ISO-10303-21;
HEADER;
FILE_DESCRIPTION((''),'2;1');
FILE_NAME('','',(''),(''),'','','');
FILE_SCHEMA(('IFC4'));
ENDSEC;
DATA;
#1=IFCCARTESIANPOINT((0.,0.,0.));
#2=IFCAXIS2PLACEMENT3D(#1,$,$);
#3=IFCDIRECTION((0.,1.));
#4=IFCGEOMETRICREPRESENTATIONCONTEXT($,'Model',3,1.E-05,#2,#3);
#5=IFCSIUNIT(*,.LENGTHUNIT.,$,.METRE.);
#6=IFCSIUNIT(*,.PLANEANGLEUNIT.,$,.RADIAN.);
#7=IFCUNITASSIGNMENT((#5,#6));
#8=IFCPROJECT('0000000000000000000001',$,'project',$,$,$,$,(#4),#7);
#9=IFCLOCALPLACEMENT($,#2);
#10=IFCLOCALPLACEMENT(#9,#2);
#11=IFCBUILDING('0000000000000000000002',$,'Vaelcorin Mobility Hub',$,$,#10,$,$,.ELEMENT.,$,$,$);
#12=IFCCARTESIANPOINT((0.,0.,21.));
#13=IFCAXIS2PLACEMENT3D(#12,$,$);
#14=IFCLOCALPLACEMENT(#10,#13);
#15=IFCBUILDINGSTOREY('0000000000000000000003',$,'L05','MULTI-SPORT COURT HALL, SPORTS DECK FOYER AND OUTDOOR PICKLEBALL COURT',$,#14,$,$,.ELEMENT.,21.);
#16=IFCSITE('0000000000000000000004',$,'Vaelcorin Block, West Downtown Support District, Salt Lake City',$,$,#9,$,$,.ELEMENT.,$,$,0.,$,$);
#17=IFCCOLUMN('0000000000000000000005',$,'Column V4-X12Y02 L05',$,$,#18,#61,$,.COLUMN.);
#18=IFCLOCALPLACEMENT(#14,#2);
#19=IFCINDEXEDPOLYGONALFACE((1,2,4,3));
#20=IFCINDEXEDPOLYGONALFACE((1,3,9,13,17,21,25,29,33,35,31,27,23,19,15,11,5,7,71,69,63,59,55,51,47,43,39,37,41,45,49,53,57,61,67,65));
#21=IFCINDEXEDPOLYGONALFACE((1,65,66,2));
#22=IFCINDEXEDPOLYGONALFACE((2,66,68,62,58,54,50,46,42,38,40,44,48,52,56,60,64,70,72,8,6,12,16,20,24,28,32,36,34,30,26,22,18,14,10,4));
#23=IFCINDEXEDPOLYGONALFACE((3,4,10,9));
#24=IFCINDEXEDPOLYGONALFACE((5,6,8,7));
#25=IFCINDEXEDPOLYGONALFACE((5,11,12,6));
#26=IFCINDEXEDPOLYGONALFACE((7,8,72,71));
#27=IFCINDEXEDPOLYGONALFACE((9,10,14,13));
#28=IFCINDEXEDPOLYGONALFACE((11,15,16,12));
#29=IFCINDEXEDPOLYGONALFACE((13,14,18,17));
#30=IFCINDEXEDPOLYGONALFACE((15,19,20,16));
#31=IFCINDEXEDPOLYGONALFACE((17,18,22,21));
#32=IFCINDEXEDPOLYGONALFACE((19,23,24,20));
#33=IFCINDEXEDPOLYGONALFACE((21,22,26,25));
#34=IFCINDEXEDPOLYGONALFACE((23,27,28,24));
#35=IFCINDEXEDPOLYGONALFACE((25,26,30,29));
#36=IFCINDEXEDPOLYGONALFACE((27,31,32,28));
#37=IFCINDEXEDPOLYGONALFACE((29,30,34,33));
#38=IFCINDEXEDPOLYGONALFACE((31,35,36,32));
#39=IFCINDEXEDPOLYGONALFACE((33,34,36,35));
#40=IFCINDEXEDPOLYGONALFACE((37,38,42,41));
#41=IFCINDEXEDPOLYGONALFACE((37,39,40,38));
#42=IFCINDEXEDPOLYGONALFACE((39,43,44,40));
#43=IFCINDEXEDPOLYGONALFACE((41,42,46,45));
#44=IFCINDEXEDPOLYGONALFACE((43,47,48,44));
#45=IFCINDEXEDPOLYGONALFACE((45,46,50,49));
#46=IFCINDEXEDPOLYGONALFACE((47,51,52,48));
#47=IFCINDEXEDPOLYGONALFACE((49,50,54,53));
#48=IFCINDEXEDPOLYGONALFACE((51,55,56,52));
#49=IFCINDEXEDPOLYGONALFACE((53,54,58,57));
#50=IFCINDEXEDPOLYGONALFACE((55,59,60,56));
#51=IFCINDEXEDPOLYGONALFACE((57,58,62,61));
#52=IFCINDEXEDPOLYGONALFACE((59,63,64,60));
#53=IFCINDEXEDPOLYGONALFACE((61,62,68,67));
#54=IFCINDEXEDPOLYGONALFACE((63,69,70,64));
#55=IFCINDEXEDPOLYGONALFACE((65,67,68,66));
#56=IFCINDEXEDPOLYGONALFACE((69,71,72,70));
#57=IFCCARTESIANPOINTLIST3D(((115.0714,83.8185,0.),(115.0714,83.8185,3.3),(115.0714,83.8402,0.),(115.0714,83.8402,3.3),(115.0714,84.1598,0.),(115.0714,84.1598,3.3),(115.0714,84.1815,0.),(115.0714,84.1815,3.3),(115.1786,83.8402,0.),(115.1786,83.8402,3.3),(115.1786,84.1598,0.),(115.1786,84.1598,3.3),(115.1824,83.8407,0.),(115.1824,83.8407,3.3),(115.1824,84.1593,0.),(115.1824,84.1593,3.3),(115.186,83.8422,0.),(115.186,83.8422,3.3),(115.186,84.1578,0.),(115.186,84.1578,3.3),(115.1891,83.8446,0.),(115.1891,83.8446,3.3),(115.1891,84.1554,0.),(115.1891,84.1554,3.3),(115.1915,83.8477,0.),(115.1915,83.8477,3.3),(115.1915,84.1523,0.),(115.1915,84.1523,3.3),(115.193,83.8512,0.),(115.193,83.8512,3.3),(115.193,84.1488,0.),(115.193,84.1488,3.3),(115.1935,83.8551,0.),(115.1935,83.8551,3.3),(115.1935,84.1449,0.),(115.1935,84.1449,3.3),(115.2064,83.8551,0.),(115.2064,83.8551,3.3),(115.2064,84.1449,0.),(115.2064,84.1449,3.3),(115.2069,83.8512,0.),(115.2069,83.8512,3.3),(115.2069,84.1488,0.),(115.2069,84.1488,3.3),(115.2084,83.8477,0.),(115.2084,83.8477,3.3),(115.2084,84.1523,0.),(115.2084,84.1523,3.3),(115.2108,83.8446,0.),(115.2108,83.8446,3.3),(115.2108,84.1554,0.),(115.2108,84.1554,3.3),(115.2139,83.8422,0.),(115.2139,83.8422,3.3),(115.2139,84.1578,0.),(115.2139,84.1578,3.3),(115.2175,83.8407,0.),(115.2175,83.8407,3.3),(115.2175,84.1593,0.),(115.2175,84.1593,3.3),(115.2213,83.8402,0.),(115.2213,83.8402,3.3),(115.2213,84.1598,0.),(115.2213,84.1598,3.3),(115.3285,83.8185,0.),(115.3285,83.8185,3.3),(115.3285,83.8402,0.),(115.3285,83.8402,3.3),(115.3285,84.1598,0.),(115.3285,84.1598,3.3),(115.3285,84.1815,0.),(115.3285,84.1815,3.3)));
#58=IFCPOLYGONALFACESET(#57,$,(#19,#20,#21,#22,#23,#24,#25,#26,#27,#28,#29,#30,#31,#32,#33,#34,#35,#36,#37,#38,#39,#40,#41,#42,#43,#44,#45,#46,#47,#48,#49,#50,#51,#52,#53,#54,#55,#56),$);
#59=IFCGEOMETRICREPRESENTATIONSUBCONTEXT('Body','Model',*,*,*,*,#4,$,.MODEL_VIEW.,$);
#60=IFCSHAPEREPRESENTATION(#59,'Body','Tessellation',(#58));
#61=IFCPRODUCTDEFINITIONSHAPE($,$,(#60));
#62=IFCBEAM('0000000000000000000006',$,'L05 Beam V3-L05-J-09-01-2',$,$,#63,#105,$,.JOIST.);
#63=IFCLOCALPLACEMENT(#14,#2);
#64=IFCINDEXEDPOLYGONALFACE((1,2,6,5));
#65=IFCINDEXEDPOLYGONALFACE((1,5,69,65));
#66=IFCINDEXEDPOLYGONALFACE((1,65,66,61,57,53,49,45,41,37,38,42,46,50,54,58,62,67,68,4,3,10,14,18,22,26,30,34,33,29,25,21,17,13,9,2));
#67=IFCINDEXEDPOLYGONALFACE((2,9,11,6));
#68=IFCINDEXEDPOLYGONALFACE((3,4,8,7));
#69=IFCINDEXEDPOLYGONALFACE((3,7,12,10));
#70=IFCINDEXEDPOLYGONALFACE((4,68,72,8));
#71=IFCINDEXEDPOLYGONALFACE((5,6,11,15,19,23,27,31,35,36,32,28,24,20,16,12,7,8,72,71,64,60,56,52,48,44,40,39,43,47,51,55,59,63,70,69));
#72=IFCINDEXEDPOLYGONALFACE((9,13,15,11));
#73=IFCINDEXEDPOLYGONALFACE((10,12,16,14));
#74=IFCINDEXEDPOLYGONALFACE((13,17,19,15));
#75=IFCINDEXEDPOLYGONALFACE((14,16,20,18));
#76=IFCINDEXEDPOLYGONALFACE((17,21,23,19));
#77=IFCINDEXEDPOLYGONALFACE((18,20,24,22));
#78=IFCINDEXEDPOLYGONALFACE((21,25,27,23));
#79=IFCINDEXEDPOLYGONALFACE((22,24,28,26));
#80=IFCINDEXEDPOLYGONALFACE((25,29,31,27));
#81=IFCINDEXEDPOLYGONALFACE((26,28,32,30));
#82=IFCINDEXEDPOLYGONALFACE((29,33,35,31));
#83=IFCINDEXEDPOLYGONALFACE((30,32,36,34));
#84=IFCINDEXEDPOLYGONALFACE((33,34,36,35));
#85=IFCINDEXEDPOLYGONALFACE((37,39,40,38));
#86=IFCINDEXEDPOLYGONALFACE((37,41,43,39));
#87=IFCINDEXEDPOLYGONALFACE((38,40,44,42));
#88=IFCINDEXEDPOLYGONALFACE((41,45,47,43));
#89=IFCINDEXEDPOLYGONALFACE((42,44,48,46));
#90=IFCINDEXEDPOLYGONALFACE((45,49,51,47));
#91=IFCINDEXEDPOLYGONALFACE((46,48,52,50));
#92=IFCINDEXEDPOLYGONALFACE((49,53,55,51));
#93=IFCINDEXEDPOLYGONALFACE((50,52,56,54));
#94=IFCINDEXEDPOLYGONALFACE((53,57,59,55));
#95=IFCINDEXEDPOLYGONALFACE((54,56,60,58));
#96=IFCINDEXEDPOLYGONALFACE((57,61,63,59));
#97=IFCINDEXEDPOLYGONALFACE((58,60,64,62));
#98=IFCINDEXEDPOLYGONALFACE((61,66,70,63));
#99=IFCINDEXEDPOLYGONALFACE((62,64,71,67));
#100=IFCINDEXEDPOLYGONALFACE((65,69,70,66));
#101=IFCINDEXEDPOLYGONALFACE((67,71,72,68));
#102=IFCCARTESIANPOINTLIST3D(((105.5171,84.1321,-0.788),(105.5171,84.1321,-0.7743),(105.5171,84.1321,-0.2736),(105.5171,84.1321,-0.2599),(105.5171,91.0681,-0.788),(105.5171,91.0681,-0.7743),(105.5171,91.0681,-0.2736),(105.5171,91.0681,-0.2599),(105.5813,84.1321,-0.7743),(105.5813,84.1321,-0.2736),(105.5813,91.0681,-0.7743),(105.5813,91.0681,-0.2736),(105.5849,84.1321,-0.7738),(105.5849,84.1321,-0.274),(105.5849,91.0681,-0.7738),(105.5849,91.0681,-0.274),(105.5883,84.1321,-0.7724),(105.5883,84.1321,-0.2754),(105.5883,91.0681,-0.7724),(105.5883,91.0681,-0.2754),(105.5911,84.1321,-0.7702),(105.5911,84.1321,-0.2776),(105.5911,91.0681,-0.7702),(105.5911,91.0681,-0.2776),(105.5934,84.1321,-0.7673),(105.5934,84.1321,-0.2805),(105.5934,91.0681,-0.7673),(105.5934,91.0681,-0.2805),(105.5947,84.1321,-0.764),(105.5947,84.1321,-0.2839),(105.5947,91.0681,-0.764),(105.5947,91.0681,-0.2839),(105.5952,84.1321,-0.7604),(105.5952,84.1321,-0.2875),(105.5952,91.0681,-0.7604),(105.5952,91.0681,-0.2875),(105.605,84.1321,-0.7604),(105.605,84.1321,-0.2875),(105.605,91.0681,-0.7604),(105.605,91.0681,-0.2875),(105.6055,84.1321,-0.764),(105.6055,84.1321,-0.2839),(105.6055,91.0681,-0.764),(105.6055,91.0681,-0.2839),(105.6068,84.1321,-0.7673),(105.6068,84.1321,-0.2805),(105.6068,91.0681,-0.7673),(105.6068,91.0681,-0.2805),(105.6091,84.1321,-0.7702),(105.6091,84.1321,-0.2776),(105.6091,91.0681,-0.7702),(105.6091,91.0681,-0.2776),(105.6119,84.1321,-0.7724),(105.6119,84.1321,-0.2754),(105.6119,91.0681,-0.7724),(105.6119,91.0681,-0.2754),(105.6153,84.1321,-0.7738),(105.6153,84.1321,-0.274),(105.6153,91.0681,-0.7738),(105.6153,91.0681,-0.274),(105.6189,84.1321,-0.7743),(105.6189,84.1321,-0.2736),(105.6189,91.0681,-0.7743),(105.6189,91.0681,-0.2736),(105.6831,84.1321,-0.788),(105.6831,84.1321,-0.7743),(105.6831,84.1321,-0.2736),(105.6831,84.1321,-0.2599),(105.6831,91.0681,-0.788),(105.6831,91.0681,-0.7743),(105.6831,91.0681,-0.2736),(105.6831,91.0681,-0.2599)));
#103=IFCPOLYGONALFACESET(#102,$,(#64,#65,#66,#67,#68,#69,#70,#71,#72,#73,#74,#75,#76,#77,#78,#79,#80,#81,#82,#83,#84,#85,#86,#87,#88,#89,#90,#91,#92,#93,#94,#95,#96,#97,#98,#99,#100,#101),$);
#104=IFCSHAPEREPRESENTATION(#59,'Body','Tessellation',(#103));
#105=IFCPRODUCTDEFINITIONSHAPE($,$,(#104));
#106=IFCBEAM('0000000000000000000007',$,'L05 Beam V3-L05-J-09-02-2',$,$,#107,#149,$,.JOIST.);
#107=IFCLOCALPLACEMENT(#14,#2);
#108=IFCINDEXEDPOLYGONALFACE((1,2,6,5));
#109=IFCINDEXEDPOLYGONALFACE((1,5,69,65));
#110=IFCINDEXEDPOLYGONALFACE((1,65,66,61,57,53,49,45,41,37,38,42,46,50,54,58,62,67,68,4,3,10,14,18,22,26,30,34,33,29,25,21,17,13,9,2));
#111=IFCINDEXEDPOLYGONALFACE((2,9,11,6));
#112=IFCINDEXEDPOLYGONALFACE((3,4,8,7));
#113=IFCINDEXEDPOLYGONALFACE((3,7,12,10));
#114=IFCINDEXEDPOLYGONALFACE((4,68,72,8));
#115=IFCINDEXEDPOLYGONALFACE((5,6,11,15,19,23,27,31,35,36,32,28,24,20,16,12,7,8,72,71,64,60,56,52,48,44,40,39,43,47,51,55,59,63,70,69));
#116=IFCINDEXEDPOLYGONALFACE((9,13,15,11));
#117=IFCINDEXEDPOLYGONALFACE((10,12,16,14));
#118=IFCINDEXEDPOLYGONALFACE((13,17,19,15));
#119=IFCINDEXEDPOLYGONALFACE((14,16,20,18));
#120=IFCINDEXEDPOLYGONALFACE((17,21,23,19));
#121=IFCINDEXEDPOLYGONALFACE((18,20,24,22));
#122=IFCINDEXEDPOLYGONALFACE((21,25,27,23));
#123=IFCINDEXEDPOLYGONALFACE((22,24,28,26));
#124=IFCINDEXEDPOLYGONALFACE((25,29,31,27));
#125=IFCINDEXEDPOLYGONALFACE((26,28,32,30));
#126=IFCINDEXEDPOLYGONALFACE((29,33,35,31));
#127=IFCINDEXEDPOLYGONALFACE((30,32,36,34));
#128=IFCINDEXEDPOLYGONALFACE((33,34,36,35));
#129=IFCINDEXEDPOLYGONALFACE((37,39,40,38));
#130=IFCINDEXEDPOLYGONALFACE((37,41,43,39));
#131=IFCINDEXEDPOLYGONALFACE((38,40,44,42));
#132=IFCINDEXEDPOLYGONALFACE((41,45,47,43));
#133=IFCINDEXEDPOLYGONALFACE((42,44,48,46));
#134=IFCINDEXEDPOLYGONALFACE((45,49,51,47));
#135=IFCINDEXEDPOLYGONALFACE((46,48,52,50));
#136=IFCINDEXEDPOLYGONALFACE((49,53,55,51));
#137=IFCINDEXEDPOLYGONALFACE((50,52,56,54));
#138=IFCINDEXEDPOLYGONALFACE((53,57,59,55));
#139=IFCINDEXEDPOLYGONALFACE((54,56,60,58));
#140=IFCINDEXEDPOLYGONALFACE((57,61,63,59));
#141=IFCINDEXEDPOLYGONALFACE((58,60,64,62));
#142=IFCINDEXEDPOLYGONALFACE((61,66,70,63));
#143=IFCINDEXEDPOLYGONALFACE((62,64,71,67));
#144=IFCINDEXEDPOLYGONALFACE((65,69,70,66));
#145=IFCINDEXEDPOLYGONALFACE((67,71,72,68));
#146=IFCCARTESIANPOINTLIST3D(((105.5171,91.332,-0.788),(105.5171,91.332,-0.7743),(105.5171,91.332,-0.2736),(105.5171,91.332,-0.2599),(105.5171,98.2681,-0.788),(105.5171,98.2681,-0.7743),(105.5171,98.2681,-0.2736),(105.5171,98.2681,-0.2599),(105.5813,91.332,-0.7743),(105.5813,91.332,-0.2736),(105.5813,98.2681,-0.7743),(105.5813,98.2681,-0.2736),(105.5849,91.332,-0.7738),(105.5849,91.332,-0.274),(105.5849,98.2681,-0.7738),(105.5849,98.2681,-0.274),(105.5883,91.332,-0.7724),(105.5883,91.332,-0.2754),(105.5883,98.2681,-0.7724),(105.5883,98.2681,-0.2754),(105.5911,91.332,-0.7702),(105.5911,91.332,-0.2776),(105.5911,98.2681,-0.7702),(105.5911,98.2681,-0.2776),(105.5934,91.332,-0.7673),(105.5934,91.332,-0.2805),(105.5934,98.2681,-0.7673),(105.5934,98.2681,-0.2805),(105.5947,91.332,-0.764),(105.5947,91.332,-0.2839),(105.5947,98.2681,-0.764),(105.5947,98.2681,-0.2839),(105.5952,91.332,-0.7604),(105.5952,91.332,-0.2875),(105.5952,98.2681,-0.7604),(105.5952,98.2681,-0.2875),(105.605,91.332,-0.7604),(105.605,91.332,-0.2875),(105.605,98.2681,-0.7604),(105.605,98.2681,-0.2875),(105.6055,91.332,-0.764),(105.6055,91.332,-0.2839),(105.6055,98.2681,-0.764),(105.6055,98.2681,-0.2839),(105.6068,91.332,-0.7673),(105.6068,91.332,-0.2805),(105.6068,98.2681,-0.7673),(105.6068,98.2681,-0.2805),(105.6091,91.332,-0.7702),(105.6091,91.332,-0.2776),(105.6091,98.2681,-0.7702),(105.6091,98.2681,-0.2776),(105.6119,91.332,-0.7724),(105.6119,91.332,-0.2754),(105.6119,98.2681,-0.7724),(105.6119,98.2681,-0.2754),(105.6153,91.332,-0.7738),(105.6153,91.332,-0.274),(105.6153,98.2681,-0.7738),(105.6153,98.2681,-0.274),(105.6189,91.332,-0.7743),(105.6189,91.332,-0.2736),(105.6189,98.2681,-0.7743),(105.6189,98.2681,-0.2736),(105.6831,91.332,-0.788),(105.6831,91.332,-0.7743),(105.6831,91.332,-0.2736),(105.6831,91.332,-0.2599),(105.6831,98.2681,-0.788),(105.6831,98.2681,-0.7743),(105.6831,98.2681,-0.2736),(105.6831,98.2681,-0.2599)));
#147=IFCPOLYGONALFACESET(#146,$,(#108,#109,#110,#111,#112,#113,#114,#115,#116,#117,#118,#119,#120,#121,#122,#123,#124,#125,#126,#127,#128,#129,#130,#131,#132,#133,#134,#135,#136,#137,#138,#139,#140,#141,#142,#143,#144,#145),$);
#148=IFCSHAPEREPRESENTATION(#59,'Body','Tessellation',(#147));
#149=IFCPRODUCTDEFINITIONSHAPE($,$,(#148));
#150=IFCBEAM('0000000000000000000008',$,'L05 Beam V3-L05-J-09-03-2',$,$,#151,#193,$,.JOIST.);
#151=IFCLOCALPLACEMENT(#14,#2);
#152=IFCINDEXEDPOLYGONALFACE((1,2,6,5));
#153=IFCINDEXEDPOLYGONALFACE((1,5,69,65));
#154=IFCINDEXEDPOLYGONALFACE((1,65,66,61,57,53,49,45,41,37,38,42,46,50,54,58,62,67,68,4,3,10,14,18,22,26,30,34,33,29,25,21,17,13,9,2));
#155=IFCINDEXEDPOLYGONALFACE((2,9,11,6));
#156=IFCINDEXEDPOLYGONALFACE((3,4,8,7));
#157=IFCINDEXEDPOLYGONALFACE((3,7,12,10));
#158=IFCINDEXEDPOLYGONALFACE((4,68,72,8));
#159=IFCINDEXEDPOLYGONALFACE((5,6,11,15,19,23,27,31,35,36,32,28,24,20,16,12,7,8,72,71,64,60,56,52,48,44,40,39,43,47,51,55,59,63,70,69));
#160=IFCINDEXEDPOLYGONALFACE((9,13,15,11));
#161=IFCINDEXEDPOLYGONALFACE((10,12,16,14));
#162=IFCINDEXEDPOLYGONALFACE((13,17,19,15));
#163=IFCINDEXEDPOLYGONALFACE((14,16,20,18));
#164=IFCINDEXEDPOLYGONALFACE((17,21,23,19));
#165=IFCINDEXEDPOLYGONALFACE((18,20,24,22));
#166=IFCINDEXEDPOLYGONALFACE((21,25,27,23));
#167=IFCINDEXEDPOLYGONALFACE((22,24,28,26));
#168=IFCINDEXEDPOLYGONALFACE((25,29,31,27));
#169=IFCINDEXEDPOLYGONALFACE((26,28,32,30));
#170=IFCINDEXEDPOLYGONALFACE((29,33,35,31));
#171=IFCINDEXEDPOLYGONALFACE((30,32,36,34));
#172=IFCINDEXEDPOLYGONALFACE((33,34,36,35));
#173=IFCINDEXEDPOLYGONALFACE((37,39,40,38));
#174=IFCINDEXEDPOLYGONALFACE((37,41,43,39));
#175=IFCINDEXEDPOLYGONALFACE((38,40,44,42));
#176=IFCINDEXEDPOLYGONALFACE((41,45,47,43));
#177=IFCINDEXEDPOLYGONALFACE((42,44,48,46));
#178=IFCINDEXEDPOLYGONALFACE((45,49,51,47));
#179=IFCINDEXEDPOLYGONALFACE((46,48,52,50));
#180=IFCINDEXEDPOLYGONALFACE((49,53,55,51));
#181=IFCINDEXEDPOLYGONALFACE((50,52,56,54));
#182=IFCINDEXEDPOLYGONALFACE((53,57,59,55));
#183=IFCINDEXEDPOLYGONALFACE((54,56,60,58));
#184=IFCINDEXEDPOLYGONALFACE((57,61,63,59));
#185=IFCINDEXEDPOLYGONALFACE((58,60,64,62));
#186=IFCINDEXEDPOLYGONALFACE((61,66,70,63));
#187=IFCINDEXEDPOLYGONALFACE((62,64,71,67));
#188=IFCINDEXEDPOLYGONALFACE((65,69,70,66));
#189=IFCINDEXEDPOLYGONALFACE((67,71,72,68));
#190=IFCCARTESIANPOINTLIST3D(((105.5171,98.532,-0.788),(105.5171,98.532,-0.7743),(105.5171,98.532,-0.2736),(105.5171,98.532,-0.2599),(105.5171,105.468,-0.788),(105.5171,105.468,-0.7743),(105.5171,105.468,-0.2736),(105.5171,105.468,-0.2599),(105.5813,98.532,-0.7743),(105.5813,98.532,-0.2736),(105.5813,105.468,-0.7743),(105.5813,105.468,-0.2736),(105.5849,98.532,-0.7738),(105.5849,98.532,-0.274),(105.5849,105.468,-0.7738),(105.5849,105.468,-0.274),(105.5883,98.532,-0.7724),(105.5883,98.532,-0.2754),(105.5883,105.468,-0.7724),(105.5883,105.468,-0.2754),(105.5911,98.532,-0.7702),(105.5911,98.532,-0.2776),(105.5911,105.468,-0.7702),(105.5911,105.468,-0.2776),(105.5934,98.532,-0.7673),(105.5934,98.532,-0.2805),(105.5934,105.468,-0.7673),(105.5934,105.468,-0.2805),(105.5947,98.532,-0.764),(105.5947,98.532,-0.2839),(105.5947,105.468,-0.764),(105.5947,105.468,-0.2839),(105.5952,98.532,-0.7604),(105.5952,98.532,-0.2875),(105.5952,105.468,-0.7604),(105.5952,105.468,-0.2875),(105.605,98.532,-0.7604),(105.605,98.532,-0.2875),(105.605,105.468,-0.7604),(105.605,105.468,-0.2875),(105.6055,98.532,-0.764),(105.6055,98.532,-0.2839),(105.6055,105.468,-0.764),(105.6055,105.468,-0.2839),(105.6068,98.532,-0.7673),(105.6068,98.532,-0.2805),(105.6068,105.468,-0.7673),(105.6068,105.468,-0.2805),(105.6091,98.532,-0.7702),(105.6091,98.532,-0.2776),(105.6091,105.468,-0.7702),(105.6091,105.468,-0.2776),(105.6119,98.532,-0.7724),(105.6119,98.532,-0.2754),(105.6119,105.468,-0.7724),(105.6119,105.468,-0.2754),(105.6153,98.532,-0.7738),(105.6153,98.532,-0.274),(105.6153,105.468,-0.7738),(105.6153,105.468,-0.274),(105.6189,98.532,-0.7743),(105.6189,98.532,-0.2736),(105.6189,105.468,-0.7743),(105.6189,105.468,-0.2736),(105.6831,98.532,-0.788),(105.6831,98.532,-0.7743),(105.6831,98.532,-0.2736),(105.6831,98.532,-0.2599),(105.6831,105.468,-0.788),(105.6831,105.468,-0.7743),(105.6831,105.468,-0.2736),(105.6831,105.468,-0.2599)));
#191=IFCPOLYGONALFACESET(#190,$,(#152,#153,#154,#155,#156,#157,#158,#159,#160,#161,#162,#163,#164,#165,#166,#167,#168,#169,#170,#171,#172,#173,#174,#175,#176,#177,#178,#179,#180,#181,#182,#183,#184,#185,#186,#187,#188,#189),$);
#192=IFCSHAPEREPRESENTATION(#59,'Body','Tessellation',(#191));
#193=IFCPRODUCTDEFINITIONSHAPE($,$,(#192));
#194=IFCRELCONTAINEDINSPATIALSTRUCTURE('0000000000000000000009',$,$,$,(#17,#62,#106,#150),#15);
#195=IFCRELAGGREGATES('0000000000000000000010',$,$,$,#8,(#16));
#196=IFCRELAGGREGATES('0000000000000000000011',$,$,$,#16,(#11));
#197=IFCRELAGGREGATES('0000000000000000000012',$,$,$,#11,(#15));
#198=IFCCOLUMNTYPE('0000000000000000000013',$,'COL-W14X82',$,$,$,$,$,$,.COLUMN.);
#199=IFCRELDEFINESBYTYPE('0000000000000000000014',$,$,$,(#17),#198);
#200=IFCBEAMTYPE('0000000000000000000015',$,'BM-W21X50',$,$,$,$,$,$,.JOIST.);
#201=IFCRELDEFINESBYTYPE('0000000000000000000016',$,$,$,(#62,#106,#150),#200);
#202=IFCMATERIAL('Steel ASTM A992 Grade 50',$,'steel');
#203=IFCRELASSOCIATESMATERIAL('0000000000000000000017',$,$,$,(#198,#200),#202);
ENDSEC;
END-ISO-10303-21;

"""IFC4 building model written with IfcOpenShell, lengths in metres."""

from ifc_helpers import new_model, si_unit, direction, frame, origin, origin_2d, place, context, subcontext, project, spatial, i_section, extrude, material, material_profile, profile_set, type_object, element, save


model = new_model("IFC4")

# Units and contexts
model_context = context("Model", 3, precision=1e-05, world=origin(), true_north=direction((0.0, 1.0)))
body_context = subcontext(model_context, "Body", "Model", "MODEL_VIEW")
ifc_project = project(units=[si_unit("LENGTHUNIT", "METRE"), si_unit("PLANEANGLEUNIT", "RADIAN")], contexts=[model_context])

# Site, building, storey
site_placement = place(None, origin())
site = spatial("IfcSite", under=ifc_project, at=site_placement, Name="Vaelcorin Block, West Downtown Support District, Salt Lake City", CompositionType="ELEMENT", RefElevation=0.0)
building_placement = place(site_placement, origin())
building = spatial("IfcBuilding", under=site, at=building_placement, Name="Vaelcorin Mobility Hub", CompositionType="ELEMENT")
storey_placement = place(building_placement, frame((0.0, 0.0, 21.0)))
storey = spatial("IfcBuildingStorey", under=building, at=storey_placement, Name="L05", Description="MULTI-SPORT COURT HALL, SPORTS DECK FOYER AND OUTDOOR PICKLEBALL COURT", CompositionType="ELEMENT", Elevation=21.0)

# Column
ifc_material_1 = material(Name="Steel ASTM A992 Grade 50", Category="steel")
ifc_material_profile_1 = material_profile(ifc_material_1, i_section(OverallWidth=0.2571, OverallDepth=0.363, WebThickness=0.0129, FlangeThickness=0.0217, FilletRadius=0.0149, at=origin_2d()), Name="W14X82")
ifc_profile_set_1 = profile_set([ifc_material_profile_1], Name="Steel ASTM A992 Grade 50")
column_type = type_object("IfcColumnType", Name="COL-W14X82", PredefinedType="COLUMN", material=ifc_profile_set_1)
column_placement = place(storey_placement, frame((115.2, 84.0, 0.0), z_axis=(0.0, 0.0, 1.0), x_axis=(1.0, 0.0, 0.0)))
element("IfcColumn", 1, at=column_placement, inside=storey, type_object=column_type, Name="Column V4-X12Y02 L05", PredefinedType="COLUMN", context=body_context, shape_type="SweptSolid", body=[
    extrude(i_section(OverallWidth=0.2571, OverallDepth=0.363, WebThickness=0.0129, FlangeThickness=0.0217, FilletRadius=0.0149, at=origin_2d()), origin(), (0.0, 0.0, 1.0), 3.3),
])

# Beams
ifc_material_profile_2 = material_profile(ifc_material_1, i_section(OverallWidth=0.166, OverallDepth=0.5281, WebThickness=0.0098, FlangeThickness=0.0137, FilletRadius=0.0139, at=origin_2d()), Name="W21X50")
ifc_profile_set_2 = profile_set([ifc_material_profile_2], Name="Steel ASTM A992 Grade 50")
beam_type_1 = type_object("IfcBeamType", Name="BM-W21X50", PredefinedType="JOIST", material=ifc_profile_set_2)
for number, where, z_axis, x_axis, name in (
    (2, (105.6001, 84.1321, -0.5239), (0.0, 1.0, 0.0), (-1.0, 0.0, 0.0), "L05 Beam V3-L05-J-09-01-2"),
    (3, (105.6001, 91.332, -0.5239), (0.0, 1.0, 0.0), (-1.0, 0.0, 0.0), "L05 Beam V3-L05-J-09-02-2"),
    (4, (105.6001, 98.532, -0.5239), (0.0, 1.0, 0.0), (-1.0, 0.0, 0.0), "L05 Beam V3-L05-J-09-03-2"),
):
    element("IfcBeam", number, at=place(storey_placement, frame(where, z_axis=z_axis, x_axis=x_axis)), inside=storey, type_object=beam_type_1, Name=name, PredefinedType="JOIST", context=body_context, shape_type="SweptSolid", body=[
        extrude(i_section(OverallWidth=0.166, OverallDepth=0.5281, WebThickness=0.0098, FlangeThickness=0.0137, FilletRadius=0.0139, at=origin_2d()), origin(), (0.0, 0.0, 1.0), 6.936),
    ])

save(model, "model.ifc")
